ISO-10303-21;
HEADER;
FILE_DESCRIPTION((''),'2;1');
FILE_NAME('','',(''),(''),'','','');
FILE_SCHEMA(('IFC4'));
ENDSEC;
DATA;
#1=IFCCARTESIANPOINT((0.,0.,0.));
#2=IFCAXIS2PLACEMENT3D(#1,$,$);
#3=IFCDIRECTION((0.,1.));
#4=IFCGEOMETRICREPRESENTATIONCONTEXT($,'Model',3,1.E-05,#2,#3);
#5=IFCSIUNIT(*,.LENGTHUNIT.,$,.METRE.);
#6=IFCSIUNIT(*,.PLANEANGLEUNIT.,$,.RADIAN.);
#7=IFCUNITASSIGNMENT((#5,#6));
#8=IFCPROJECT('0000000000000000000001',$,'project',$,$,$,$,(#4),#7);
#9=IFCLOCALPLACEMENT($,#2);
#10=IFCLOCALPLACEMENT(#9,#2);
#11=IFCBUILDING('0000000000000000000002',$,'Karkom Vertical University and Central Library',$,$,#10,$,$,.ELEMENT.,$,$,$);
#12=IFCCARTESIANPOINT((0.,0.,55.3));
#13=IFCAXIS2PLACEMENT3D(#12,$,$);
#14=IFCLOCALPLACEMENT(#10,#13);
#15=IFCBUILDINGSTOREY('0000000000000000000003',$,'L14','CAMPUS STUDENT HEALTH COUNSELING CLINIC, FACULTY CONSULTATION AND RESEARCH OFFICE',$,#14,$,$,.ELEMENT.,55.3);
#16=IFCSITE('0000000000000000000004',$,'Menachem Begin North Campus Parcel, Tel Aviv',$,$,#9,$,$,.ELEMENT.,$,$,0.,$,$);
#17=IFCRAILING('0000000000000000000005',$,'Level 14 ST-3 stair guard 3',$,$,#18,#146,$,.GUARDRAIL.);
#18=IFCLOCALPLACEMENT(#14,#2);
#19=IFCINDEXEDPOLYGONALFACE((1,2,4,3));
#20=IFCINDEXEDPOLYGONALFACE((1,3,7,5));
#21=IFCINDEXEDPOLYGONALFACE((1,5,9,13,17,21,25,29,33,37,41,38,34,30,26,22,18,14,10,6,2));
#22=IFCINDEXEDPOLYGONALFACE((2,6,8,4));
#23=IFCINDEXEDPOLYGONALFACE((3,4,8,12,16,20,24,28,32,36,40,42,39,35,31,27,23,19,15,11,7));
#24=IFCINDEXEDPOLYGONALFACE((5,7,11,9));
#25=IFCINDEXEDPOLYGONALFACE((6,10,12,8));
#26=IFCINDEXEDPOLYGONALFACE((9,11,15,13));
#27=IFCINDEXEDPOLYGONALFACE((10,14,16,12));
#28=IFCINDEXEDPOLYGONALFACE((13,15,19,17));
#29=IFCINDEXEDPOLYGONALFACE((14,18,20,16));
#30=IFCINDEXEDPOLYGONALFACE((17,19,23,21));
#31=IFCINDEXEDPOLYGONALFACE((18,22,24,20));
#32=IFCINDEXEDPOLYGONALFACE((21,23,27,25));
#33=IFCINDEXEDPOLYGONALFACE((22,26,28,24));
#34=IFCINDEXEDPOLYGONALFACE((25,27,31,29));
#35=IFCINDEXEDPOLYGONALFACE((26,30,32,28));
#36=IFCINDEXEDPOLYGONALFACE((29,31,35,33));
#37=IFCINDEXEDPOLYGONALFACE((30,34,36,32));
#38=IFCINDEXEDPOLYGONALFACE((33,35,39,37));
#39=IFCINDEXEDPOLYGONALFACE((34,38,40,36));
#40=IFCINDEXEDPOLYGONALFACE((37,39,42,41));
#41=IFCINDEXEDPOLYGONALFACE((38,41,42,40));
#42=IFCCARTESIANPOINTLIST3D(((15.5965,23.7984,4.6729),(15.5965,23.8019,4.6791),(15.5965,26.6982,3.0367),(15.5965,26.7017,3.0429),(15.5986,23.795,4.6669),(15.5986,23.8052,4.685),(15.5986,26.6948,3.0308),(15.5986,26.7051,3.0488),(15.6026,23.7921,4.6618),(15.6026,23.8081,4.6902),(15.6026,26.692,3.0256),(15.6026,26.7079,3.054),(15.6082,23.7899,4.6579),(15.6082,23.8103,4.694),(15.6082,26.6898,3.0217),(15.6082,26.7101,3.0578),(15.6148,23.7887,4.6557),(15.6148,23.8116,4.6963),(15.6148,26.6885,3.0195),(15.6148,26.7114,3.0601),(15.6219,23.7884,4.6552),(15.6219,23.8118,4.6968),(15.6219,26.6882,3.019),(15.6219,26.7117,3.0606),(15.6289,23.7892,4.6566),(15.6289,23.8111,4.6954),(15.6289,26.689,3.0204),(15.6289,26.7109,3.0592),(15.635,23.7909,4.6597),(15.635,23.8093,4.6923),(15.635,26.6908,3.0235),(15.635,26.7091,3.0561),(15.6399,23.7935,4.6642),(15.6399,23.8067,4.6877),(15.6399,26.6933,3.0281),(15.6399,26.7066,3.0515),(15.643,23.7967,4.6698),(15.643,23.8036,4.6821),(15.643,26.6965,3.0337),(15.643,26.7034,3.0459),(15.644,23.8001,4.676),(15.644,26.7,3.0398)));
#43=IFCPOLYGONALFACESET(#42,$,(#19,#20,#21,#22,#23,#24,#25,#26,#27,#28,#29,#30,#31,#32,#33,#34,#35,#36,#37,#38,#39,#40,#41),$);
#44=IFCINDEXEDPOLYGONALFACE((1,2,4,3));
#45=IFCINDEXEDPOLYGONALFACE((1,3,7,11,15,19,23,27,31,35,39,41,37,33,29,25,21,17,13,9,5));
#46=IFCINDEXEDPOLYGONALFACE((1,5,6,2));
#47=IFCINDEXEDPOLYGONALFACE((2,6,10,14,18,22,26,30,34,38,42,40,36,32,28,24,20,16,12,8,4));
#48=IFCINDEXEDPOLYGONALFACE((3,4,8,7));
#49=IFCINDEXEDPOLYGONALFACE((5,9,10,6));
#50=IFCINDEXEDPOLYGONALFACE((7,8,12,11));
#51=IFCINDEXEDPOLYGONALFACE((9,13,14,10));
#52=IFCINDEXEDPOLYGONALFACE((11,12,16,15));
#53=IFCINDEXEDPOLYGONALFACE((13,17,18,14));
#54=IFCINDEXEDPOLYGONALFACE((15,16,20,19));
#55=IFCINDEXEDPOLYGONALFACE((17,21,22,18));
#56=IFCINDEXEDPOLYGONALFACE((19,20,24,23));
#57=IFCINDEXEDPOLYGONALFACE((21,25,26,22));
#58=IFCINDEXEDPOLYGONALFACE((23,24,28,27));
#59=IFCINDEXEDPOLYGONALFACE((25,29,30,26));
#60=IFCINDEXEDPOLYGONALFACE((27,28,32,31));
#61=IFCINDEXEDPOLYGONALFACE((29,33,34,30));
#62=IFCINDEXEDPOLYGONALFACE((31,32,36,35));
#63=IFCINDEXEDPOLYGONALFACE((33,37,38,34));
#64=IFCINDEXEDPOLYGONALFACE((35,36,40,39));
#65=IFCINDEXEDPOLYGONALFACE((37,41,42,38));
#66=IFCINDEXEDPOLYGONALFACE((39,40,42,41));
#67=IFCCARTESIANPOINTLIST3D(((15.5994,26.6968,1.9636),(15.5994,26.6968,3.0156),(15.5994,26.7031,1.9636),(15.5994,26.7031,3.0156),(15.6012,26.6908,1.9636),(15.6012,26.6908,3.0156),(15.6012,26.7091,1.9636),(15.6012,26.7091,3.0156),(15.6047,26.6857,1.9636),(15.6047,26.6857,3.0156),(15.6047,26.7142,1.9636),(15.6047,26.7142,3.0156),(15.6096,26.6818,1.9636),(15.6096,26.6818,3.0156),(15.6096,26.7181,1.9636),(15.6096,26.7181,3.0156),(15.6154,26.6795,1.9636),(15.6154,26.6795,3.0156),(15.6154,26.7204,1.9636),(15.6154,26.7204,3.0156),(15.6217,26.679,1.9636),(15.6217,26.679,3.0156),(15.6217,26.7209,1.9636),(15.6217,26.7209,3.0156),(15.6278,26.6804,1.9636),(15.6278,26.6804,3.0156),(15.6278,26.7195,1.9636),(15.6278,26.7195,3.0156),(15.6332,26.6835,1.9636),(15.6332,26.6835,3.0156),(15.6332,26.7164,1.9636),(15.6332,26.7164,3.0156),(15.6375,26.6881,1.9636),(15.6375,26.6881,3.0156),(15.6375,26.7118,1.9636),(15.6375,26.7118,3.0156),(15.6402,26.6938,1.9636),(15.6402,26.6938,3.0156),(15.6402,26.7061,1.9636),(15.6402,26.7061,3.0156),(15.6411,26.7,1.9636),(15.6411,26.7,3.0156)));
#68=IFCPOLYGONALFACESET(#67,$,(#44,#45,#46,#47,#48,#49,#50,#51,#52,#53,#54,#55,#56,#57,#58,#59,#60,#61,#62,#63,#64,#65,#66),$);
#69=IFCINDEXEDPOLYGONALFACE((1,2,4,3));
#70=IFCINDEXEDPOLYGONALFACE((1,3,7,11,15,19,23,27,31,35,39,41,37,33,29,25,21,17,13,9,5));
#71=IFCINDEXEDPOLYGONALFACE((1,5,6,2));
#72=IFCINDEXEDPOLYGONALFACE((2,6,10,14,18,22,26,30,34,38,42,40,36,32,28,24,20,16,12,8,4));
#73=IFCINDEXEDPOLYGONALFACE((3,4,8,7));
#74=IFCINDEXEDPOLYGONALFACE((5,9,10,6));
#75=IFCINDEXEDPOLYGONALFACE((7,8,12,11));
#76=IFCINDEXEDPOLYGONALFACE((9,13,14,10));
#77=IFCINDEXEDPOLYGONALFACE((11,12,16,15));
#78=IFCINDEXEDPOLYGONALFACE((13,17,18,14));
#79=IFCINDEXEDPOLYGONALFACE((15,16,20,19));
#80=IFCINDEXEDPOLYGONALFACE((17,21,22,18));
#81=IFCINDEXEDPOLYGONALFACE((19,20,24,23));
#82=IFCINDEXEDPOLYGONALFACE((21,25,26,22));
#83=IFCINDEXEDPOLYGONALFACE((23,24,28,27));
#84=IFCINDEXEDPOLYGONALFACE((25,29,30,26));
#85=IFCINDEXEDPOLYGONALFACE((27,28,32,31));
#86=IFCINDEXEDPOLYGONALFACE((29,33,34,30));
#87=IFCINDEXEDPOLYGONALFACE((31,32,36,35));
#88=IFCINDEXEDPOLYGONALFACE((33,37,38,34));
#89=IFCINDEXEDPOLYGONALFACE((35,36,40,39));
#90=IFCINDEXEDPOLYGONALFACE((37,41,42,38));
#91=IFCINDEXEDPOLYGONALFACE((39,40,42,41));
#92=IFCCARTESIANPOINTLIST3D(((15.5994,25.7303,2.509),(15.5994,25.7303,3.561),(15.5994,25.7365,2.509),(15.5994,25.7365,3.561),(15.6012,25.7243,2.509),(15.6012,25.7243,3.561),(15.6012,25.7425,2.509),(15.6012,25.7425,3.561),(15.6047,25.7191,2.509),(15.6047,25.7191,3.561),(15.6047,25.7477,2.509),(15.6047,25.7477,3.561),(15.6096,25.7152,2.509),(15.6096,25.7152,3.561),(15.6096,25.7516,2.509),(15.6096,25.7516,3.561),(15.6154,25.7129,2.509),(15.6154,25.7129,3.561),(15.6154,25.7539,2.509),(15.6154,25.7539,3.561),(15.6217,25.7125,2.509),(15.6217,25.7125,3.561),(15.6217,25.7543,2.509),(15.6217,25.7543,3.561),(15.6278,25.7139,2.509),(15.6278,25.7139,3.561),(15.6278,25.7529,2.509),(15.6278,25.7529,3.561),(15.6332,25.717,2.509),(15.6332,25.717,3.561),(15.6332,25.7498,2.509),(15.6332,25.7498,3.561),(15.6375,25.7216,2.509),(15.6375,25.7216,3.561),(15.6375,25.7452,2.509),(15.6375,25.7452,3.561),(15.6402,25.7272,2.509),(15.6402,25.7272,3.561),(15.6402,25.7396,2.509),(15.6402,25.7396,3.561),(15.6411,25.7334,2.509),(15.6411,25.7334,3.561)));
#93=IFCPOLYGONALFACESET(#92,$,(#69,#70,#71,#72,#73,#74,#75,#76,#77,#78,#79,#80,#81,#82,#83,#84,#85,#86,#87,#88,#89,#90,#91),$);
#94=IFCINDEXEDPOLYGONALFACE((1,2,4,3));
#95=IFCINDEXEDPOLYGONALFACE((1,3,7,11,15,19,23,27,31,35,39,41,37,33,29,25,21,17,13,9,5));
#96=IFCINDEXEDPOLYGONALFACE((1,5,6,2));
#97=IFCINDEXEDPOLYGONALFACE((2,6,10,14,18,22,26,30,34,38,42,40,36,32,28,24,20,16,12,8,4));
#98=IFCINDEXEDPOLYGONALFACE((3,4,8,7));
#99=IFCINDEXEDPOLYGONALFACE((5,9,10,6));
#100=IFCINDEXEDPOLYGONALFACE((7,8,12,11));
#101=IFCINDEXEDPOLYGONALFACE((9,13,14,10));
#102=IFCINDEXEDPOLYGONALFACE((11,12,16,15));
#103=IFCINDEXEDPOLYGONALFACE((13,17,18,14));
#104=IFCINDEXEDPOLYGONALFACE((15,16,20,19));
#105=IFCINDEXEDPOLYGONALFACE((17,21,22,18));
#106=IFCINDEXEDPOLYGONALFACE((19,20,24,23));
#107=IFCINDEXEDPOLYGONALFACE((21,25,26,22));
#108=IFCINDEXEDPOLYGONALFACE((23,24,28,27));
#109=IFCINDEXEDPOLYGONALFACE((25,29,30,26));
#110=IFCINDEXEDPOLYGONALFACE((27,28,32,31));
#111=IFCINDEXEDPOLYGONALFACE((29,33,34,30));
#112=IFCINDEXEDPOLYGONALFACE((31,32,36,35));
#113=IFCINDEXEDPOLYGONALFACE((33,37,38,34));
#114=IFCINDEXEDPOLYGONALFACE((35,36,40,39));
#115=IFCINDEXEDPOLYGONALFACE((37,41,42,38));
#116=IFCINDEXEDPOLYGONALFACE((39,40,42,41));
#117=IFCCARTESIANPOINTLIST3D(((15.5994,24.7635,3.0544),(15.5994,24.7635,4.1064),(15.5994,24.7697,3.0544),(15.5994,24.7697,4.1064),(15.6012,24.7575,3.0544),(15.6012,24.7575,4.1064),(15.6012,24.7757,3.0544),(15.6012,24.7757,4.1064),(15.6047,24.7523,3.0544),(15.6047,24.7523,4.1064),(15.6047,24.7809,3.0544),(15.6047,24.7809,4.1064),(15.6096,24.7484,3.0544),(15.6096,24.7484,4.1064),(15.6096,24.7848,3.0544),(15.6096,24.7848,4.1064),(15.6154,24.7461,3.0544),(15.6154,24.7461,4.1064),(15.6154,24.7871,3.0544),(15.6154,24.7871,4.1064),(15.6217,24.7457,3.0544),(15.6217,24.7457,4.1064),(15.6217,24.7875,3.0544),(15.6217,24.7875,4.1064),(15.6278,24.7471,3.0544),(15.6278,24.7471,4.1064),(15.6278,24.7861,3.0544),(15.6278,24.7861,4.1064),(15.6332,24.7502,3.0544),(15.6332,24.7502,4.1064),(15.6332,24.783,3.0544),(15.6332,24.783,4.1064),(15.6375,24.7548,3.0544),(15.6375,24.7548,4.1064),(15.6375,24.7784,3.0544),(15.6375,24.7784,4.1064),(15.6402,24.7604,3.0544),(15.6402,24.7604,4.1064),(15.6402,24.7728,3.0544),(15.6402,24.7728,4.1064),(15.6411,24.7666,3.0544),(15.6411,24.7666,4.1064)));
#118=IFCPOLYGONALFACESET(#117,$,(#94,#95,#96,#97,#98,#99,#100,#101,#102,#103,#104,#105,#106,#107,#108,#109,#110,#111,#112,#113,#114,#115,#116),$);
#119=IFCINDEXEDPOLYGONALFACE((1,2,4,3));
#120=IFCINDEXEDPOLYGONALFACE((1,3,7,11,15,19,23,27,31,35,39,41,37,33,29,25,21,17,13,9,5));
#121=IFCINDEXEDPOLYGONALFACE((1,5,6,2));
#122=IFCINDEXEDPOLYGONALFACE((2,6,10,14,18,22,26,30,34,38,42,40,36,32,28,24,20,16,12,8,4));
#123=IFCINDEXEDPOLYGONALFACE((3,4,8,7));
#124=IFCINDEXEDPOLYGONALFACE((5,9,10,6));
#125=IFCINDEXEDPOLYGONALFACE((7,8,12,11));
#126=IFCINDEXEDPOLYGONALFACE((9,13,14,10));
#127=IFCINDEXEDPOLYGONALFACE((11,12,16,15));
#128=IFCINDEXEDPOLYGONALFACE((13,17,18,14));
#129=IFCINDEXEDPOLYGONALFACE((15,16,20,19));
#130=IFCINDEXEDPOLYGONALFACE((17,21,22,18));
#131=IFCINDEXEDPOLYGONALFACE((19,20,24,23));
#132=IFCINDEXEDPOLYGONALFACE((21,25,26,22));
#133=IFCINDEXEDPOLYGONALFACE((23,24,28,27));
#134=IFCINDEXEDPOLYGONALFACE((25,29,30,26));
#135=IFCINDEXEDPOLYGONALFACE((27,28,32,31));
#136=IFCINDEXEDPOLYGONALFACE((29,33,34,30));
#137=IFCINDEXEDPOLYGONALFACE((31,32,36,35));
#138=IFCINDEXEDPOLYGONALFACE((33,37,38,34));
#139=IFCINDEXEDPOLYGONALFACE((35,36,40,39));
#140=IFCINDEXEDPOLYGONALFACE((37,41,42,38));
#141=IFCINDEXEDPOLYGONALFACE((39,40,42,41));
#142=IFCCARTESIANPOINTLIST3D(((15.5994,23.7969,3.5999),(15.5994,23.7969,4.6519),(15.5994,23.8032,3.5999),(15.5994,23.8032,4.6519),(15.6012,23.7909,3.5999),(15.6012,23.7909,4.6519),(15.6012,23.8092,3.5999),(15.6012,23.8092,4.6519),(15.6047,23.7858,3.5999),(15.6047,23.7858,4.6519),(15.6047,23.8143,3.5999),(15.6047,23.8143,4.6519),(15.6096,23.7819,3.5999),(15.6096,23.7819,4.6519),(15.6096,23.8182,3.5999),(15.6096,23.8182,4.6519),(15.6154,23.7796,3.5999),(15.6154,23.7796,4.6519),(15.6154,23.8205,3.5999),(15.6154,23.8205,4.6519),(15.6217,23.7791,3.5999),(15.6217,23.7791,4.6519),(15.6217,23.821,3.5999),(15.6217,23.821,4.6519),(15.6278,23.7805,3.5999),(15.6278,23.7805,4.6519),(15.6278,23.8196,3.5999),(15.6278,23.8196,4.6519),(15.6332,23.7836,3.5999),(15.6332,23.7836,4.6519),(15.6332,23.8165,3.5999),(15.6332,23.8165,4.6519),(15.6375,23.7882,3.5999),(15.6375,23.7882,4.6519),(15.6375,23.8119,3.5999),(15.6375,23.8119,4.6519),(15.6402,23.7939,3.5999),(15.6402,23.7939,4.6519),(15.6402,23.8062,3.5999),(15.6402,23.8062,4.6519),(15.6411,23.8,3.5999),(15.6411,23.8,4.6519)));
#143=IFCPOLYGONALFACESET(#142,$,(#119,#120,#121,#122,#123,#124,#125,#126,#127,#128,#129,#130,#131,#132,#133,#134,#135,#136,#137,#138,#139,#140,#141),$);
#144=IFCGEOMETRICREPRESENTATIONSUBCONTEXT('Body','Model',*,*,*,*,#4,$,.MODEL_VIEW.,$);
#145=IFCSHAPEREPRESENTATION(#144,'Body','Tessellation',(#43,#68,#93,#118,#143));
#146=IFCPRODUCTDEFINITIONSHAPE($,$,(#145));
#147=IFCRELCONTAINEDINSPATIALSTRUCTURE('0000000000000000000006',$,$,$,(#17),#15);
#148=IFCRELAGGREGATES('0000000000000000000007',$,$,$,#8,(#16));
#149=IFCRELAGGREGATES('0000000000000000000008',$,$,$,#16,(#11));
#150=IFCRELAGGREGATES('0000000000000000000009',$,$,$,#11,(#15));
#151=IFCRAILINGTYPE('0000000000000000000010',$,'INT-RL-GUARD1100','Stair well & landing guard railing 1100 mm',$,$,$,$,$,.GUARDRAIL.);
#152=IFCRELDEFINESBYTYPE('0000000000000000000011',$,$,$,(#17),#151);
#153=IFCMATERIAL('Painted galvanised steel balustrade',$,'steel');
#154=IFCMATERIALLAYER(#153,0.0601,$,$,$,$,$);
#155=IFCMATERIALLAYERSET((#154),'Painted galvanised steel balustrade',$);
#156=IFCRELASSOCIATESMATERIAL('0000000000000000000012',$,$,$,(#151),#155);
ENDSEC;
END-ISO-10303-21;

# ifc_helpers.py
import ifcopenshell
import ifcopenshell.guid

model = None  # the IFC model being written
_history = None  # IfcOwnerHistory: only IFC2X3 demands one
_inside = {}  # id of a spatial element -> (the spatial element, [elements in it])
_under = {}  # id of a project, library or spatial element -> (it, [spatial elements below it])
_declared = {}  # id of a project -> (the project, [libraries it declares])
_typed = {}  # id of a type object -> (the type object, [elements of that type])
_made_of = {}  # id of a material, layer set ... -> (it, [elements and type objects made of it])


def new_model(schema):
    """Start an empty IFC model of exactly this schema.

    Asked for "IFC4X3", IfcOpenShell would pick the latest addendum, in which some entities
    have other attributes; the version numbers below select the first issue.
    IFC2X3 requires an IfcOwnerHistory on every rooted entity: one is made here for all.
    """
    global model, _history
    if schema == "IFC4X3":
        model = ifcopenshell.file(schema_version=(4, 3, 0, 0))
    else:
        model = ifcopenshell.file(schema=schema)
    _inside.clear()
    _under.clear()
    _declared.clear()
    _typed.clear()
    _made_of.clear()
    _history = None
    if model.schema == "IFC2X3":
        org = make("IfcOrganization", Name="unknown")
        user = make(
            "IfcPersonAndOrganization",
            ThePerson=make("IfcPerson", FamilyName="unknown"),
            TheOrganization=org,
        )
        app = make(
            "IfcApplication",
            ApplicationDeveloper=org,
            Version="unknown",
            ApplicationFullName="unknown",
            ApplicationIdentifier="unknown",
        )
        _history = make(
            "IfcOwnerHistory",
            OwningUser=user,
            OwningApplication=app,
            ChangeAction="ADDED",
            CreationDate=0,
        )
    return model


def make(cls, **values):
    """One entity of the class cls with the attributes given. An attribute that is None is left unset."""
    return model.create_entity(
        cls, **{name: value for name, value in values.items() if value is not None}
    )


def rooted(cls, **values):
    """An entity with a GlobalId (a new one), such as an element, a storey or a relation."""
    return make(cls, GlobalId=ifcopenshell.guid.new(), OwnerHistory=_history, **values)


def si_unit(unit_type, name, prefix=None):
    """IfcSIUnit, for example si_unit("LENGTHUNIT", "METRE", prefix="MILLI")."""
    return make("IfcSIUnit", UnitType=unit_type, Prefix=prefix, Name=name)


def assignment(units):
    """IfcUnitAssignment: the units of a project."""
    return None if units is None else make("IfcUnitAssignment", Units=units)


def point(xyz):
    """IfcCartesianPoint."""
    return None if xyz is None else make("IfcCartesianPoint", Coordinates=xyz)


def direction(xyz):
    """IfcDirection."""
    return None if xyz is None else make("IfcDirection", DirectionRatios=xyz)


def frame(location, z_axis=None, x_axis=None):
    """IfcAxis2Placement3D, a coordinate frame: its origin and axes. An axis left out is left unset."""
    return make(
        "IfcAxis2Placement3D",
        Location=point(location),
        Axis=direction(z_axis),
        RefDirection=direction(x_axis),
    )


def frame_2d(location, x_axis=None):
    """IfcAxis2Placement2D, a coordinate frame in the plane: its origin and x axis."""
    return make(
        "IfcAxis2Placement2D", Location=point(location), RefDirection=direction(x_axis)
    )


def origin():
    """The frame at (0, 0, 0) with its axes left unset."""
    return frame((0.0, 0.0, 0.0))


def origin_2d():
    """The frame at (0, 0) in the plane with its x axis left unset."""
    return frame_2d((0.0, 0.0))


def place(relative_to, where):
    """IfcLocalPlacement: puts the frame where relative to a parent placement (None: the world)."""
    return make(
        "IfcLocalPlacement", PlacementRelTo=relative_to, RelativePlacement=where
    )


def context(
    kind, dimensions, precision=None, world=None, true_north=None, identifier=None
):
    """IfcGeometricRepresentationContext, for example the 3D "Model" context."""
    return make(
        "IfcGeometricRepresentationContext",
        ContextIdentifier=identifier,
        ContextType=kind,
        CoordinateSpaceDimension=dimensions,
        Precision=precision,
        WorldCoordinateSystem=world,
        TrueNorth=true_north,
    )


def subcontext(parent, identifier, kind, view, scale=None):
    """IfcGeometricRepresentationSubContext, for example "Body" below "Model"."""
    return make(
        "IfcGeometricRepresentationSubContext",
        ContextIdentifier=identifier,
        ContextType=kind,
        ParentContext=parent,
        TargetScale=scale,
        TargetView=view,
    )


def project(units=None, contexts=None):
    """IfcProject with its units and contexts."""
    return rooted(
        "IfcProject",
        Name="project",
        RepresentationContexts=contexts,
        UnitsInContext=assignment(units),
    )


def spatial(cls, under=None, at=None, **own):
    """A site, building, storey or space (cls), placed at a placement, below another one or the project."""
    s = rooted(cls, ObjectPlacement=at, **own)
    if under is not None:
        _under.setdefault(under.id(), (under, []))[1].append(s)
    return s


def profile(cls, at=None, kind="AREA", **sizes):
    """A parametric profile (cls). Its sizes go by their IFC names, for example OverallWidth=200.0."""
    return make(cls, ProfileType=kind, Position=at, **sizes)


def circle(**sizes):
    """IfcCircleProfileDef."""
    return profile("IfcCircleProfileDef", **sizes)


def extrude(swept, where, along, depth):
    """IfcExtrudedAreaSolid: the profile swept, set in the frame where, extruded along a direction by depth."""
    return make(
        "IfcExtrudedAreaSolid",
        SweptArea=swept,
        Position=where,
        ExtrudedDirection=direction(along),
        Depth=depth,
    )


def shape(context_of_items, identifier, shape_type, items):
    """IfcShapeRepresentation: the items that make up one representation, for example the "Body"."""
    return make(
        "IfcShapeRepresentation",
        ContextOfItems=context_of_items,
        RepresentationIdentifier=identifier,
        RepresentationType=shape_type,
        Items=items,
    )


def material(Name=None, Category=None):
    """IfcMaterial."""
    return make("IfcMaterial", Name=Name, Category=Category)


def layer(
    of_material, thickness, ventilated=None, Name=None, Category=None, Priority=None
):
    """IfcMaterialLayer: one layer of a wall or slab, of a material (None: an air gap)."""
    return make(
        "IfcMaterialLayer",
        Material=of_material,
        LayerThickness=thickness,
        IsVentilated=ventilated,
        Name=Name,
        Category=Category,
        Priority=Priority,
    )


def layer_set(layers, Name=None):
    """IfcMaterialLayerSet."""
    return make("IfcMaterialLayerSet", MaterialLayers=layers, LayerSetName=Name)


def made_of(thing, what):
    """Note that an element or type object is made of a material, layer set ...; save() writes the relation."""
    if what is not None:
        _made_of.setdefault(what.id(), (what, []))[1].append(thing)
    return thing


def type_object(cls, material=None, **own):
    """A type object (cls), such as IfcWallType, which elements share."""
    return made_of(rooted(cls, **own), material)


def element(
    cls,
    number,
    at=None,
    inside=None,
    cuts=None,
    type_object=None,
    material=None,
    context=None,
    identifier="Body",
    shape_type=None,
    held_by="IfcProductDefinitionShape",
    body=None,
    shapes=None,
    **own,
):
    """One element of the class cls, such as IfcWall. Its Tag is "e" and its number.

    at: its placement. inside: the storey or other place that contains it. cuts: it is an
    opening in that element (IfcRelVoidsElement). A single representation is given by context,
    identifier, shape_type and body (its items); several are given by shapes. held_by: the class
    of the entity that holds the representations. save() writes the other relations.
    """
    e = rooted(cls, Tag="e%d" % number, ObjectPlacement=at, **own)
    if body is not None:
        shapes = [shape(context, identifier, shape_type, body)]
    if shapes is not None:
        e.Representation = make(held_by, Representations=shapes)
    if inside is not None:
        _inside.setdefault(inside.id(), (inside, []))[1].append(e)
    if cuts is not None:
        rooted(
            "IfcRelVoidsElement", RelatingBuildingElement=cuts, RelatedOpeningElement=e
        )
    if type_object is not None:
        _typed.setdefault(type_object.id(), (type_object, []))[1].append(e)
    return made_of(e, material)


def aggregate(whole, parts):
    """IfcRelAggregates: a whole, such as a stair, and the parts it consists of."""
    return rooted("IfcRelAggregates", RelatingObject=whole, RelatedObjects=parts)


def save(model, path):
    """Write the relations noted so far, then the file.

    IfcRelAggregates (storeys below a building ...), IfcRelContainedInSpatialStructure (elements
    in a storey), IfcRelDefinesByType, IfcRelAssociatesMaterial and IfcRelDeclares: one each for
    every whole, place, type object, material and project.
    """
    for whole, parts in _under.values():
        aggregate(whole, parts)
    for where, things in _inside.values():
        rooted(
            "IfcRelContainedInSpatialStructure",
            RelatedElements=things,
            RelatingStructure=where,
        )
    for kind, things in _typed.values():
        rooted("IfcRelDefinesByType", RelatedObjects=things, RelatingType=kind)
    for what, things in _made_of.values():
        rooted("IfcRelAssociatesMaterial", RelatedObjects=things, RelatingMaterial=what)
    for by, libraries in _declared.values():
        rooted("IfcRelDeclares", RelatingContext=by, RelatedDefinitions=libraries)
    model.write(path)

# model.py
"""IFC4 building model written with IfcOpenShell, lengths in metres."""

from ifc_helpers import new_model, si_unit, direction, frame, origin, origin_2d, place, context, subcontext, project, spatial, circle, extrude, material, layer, layer_set, type_object, element, save


model = new_model("IFC4")

# Units and contexts
model_context = context("Model", 3, precision=1e-05, world=origin(), true_north=direction((0.0, 1.0)))
body_context = subcontext(model_context, "Body", "Model", "MODEL_VIEW")
ifc_project = project(units=[si_unit("LENGTHUNIT", "METRE"), si_unit("PLANEANGLEUNIT", "RADIAN")], contexts=[model_context])

# Site, building, storey
site_placement = place(None, origin())
site = spatial("IfcSite", under=ifc_project, at=site_placement, Name="Menachem Begin North Campus Parcel, Tel Aviv", CompositionType="ELEMENT", RefElevation=0.0)
building_placement = place(site_placement, origin())
building = spatial("IfcBuilding", under=site, at=building_placement, Name="Karkom Vertical University and Central Library", CompositionType="ELEMENT")
storey_placement = place(building_placement, frame((0.0, 0.0, 55.3)))
storey = spatial("IfcBuildingStorey", under=building, at=storey_placement, Name="L14", Description="CAMPUS STUDENT HEALTH COUNSELING CLINIC, FACULTY CONSULTATION AND RESEARCH OFFICE", CompositionType="ELEMENT", Elevation=55.3)

# Railing
ifc_material_1 = material(Name="Painted galvanised steel balustrade", Category="steel")
ifc_layer_1 = layer(ifc_material_1, 0.0601)
ifc_layer_set_1 = layer_set([ifc_layer_1], Name="Painted galvanised steel balustrade")
railing_type_1 = type_object("IfcRailingType", Name="INT-RL-GUARD1100", Description="Stair well & landing guard railing 1100 mm", PredefinedType="GUARDRAIL", material=ifc_layer_set_1)
railing_1_placement = place(storey_placement, frame((15.6201, 26.7, 1.9636)))
element("IfcRailing", 1, at=railing_1_placement, inside=storey, type_object=railing_type_1, Name="Level 14 ST-3 stair guard 3", PredefinedType="GUARDRAIL", context=body_context, shape_type="SweptSolid", body=[
    extrude(circle(Radius=0.0239, at=origin_2d()), frame((0.0, 0.0, 1.0762), z_axis=(0.0, -0.870929, 0.49141), x_axis=(1.0, 0.0, 0.0)), (0.0, 0.0, 1.0), 3.3296),
    extrude(circle(Radius=0.021, at=origin_2d()), origin(), (0.0, 0.0, 1.0), 1.052),
    extrude(circle(Radius=0.021, at=origin_2d()), frame((0.0, -0.9666, 0.5454)), (0.0, 0.0, 1.0), 1.052),
    extrude(circle(Radius=0.021, at=origin_2d()), frame((0.0, -1.9333, 1.0908)), (0.0, 0.0, 1.0), 1.052),
    extrude(circle(Radius=0.021, at=origin_2d()), frame((0.0, -2.8999, 1.6362)), (0.0, 0.0, 1.0), 1.052),
])

save(model, "model.ifc")
